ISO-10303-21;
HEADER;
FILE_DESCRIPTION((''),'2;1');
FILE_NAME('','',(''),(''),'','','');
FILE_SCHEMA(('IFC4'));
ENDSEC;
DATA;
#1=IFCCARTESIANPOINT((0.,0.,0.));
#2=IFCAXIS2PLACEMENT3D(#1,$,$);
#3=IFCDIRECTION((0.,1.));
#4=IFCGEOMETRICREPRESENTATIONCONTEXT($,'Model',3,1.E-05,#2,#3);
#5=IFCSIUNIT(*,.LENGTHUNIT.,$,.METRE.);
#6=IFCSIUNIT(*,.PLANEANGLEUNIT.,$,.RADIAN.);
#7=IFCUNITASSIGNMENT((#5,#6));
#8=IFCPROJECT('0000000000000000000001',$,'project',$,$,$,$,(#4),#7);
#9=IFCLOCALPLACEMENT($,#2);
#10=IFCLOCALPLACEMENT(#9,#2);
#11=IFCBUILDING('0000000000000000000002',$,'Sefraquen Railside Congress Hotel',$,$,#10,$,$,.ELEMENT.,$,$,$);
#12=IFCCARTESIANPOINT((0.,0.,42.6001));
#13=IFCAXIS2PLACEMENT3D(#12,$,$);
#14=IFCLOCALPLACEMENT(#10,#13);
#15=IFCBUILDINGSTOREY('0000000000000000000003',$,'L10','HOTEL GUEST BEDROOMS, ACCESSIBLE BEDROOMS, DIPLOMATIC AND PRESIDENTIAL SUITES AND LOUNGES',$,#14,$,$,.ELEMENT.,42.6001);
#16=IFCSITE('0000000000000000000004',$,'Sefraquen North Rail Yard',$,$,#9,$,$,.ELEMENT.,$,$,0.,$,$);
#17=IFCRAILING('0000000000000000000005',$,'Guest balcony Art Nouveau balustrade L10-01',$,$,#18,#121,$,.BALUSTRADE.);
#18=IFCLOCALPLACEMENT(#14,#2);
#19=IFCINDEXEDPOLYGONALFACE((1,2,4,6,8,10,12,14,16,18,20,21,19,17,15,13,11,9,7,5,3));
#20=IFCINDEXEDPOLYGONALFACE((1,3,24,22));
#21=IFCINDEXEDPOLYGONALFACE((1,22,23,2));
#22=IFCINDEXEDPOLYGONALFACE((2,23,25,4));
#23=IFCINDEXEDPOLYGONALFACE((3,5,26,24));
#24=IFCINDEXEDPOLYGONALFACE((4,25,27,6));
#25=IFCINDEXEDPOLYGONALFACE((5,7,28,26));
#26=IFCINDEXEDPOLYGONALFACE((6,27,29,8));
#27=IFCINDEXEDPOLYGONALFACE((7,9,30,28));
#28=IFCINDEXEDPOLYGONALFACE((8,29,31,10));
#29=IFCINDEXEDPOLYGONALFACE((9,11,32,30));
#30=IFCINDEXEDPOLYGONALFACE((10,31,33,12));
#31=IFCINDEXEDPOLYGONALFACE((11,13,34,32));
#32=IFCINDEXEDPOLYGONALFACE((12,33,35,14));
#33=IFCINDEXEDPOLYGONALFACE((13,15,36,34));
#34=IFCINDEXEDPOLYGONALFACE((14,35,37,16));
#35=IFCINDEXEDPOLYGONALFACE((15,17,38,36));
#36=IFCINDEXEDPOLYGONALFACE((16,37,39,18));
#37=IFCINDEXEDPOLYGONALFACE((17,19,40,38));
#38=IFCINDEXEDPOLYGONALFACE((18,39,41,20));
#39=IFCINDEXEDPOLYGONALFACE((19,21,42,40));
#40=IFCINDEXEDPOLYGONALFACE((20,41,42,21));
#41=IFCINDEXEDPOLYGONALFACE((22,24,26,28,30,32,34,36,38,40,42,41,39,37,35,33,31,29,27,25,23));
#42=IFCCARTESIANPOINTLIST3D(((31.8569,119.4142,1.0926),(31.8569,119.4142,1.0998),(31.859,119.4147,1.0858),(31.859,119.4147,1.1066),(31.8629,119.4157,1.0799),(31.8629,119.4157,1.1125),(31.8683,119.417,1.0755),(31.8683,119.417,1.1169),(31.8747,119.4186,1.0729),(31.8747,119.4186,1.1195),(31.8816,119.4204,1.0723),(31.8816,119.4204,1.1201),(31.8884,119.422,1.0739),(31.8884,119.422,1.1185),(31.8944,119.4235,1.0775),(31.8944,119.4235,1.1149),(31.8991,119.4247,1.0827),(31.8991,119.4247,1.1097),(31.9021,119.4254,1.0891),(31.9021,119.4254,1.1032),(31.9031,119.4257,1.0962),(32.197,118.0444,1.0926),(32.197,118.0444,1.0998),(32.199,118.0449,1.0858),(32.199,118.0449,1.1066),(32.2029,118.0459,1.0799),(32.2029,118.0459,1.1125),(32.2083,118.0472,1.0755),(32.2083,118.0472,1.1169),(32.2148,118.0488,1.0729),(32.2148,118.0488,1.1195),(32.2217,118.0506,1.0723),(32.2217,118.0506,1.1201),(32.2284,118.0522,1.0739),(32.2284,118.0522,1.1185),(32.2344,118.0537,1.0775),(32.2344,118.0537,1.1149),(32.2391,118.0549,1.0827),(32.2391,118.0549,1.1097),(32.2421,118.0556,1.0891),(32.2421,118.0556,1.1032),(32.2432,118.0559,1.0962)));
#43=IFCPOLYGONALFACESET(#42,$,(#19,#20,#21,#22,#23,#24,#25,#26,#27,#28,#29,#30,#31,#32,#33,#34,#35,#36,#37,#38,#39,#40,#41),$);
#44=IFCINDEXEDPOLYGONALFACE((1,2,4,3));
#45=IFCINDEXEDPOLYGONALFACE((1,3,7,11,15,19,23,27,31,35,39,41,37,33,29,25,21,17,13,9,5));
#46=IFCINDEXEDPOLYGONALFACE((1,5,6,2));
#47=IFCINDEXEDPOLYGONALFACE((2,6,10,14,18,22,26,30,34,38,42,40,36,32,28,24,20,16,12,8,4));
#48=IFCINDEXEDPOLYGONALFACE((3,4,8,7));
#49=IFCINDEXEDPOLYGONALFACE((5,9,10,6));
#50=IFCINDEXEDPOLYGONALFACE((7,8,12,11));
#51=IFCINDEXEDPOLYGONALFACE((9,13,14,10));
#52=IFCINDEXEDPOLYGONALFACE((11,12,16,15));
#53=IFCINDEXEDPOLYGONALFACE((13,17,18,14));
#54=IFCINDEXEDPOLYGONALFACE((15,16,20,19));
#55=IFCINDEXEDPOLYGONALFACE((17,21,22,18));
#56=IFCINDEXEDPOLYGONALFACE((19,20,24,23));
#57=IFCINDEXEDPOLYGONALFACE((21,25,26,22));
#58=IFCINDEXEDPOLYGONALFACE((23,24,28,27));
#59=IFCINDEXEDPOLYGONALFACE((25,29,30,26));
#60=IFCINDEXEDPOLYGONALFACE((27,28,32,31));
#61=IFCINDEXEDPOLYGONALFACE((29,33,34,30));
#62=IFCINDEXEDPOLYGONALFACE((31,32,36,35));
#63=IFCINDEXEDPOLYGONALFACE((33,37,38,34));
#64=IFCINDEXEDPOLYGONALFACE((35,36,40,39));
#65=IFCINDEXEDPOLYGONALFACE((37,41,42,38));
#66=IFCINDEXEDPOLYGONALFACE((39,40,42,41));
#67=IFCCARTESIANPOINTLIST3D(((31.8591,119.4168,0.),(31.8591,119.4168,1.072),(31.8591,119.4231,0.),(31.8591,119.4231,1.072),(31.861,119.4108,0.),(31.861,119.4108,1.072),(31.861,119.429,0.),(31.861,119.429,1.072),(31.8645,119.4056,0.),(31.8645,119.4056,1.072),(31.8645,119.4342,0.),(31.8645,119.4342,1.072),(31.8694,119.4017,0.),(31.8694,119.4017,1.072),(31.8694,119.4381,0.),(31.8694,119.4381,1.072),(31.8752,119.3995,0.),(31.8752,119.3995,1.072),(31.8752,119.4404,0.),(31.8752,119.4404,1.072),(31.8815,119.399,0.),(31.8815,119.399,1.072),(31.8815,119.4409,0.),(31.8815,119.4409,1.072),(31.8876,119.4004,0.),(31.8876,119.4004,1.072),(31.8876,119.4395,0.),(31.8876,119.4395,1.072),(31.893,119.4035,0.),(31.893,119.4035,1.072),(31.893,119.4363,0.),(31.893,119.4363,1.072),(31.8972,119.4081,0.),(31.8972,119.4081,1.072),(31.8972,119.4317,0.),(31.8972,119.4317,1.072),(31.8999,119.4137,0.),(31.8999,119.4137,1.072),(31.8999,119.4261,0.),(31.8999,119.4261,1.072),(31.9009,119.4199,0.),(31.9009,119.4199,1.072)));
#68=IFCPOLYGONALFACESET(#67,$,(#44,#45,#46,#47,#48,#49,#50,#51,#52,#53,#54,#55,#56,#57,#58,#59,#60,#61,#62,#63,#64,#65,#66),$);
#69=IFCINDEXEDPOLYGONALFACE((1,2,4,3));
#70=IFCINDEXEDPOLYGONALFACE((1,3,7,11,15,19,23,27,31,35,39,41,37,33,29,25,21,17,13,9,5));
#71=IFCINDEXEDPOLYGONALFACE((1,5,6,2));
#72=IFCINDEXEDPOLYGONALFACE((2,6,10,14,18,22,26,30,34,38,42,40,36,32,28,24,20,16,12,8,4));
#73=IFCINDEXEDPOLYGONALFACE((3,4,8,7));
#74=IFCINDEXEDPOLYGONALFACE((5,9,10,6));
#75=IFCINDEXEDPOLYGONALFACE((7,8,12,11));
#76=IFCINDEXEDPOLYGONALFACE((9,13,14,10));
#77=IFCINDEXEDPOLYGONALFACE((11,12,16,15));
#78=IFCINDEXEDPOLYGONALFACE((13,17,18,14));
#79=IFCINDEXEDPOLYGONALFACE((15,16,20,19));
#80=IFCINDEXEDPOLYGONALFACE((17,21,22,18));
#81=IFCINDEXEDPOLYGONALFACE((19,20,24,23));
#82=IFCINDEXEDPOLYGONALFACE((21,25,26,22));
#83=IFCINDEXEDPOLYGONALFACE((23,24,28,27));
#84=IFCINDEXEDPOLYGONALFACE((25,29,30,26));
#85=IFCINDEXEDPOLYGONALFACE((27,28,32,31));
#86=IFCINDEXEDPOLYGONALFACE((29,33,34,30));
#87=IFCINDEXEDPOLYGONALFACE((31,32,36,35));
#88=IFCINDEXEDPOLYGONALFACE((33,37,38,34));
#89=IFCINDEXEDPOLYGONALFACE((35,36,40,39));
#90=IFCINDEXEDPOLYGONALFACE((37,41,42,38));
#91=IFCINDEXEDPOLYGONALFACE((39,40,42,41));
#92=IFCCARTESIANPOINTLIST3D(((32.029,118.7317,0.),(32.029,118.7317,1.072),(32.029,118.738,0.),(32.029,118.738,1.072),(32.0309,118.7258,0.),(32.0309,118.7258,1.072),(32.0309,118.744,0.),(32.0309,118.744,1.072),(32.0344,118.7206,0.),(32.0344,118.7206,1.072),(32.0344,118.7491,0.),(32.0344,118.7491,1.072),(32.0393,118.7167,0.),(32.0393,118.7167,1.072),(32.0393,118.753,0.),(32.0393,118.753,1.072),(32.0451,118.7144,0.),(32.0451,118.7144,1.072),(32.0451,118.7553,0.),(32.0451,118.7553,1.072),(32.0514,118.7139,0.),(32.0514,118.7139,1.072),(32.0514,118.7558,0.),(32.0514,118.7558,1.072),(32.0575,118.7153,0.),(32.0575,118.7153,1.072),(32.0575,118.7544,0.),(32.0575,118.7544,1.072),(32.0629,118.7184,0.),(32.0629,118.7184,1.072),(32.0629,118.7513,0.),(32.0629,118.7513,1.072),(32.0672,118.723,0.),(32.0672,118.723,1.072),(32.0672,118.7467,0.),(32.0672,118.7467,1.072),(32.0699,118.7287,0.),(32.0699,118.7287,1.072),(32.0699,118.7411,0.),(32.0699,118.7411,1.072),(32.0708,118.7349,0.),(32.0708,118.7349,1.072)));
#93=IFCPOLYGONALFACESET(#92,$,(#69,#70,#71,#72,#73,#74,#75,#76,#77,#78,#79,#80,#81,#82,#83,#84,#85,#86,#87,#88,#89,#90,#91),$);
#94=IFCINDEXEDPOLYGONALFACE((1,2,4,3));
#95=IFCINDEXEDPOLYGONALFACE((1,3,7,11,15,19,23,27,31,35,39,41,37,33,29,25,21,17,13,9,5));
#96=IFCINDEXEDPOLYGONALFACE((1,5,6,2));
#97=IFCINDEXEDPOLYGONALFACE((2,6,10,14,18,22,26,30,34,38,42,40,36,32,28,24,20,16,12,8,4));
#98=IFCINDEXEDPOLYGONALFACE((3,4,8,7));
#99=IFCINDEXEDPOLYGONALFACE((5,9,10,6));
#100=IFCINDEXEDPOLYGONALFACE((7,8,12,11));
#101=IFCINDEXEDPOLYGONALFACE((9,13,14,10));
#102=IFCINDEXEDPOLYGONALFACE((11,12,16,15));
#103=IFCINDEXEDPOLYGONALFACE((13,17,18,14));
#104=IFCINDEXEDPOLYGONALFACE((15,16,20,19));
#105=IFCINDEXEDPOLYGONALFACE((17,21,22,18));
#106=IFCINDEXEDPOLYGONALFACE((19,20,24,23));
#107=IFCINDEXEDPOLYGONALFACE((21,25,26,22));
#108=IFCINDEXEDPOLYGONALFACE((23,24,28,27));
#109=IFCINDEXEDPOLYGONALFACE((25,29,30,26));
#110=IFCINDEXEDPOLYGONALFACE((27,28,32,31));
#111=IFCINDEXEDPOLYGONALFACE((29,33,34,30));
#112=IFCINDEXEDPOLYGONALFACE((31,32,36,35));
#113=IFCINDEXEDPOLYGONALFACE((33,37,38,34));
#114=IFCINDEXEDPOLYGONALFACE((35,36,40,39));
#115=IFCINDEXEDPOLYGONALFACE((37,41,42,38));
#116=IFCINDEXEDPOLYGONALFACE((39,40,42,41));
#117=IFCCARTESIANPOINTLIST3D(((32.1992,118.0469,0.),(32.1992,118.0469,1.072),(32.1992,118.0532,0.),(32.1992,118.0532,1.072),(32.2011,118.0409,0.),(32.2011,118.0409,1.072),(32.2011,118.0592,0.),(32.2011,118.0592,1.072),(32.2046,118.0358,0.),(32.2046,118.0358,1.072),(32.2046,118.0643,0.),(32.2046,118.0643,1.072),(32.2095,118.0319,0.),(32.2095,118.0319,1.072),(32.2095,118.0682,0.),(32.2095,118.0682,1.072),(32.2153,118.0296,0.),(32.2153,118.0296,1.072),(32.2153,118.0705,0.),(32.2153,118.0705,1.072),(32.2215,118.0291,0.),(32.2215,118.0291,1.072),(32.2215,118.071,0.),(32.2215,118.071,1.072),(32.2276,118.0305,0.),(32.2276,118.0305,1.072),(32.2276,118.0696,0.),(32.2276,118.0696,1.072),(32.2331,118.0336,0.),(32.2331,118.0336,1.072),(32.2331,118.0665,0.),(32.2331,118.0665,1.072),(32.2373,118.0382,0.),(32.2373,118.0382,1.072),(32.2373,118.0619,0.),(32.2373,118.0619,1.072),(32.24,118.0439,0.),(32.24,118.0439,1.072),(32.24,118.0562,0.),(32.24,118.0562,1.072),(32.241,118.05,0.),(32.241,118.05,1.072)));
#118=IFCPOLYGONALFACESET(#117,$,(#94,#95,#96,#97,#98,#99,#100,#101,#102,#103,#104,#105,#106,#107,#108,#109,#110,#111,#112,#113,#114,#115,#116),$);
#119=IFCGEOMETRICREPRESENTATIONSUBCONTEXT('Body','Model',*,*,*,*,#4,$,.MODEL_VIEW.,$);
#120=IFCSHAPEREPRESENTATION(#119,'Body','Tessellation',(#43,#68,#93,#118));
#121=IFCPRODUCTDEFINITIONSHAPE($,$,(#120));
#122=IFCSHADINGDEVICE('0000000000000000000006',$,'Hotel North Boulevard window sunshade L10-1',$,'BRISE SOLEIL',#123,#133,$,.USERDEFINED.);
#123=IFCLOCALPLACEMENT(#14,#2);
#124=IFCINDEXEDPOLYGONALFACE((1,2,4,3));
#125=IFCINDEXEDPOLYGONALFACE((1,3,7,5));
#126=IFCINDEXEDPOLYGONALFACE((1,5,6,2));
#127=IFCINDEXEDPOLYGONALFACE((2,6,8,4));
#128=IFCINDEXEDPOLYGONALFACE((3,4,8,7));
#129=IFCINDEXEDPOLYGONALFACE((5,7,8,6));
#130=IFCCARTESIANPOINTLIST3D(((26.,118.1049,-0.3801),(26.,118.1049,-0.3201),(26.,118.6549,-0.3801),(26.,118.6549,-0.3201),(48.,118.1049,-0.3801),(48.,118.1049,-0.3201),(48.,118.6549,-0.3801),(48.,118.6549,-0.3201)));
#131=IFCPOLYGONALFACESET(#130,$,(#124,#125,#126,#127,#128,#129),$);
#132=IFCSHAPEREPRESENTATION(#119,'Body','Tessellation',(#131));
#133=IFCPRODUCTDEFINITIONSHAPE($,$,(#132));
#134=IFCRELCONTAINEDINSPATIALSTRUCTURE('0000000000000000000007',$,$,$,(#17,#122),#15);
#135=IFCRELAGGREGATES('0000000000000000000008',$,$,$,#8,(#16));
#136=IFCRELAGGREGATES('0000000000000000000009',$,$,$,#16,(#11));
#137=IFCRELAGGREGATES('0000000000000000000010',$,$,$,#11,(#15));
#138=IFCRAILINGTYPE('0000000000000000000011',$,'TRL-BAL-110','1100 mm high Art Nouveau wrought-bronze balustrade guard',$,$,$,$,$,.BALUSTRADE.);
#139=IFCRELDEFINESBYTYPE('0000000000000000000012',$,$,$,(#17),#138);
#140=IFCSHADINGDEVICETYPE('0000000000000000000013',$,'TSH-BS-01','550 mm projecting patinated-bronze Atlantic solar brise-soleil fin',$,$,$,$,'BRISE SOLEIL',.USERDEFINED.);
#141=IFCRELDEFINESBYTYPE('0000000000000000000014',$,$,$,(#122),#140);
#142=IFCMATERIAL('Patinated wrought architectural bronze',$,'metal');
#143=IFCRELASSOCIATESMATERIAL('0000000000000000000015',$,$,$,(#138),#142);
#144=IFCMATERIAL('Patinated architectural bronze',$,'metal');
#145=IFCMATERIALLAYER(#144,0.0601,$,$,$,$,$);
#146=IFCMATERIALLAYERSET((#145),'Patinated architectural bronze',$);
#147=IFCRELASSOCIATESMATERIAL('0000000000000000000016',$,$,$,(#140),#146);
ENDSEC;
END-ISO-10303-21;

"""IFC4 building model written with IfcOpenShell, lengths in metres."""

from ifc_helpers import new_model, si_unit, direction, frame, origin, origin_2d, place, context, subcontext, project, spatial, rectangle, circle, extrude, material, layer, layer_set, type_object, element, save


model = new_model("IFC4")

# Units and contexts
model_context = context("Model", 3, precision=1e-05, world=origin(), true_north=direction((0.0, 1.0)))
body_context = subcontext(model_context, "Body", "Model", "MODEL_VIEW")
ifc_project = project(units=[si_unit("LENGTHUNIT", "METRE"), si_unit("PLANEANGLEUNIT", "RADIAN")], contexts=[model_context])

# Site, building, storey
site_placement = place(None, origin())
site = spatial("IfcSite", under=ifc_project, at=site_placement, Name="Sefraquen North Rail Yard", CompositionType="ELEMENT", RefElevation=0.0)
building_placement = place(site_placement, origin())
building = spatial("IfcBuilding", under=site, at=building_placement, Name="Sefraquen Railside Congress Hotel", CompositionType="ELEMENT")
storey_placement = place(building_placement, frame((0.0, 0.0, 42.6001)))
storey = spatial("IfcBuildingStorey", under=building, at=storey_placement, Name="L10", Description="HOTEL GUEST BEDROOMS, ACCESSIBLE BEDROOMS, DIPLOMATIC AND PRESIDENTIAL SUITES AND LOUNGES", CompositionType="ELEMENT", Elevation=42.6001)

# Railing
ifc_material_1 = material(Name="Patinated wrought architectural bronze", Category="metal")
railing_type = type_object("IfcRailingType", Name="TRL-BAL-110", Description="1100 mm high Art Nouveau wrought-bronze balustrade guard", PredefinedType="BALUSTRADE", material=ifc_material_1)
railing_placement = place(storey_placement, frame((31.8799, 119.4199, 0.0)))
element("IfcRailing", 1, at=railing_placement, inside=storey, type_object=railing_type, Name="Guest balcony Art Nouveau balustrade L10-01", PredefinedType="BALUSTRADE", context=body_context, shape_type="SweptSolid", body=[
    extrude(circle(Radius=0.0239, at=origin_2d()), frame((0.0, 0.0, 1.0962), z_axis=(0.240948, -0.970538, 0.0), x_axis=(0.970538, 0.240948, 0.0)), (0.0, 0.0, 1.0), 1.4114),
    extrude(circle(Radius=0.021, at=origin_2d()), origin(), (0.0, 0.0, 1.0), 1.072),
    extrude(circle(Radius=0.021, at=origin_2d()), frame((0.1699, -0.6851, 0.0)), (0.0, 0.0, 1.0), 1.072),
    extrude(circle(Radius=0.021, at=origin_2d()), frame((0.3401, -1.3699, 0.0)), (0.0, 0.0, 1.0), 1.072),
])

# Shading device
ifc_material_2 = material(Name="Patinated architectural bronze", Category="metal")
ifc_layer_1 = layer(ifc_material_2, 0.0601)
ifc_layer_set_1 = layer_set([ifc_layer_1], Name="Patinated architectural bronze")
shading_device_type = type_object("IfcShadingDeviceType", Name="TSH-BS-01", Description="550 mm projecting patinated-bronze Atlantic solar brise-soleil fin", ElementType="BRISE SOLEIL", PredefinedType="USERDEFINED", material=ifc_layer_set_1)
shading_device_placement = place(storey_placement, frame((37.0, 118.3799, -0.3801), z_axis=(0.0, 0.0, 1.0), x_axis=(1.0, 0.0, 0.0)))
element("IfcShadingDevice", 2, at=shading_device_placement, inside=storey, type_object=shading_device_type, Name="Hotel North Boulevard window sunshade L10-1", ObjectType="BRISE SOLEIL", PredefinedType="USERDEFINED", context=body_context, shape_type="SweptSolid", body=[
    extrude(rectangle(XDim=22.0, YDim=0.55, at=origin_2d()), origin(), (0.0, 0.0, 1.0), 0.0601),
])

save(model, "model.ifc")
